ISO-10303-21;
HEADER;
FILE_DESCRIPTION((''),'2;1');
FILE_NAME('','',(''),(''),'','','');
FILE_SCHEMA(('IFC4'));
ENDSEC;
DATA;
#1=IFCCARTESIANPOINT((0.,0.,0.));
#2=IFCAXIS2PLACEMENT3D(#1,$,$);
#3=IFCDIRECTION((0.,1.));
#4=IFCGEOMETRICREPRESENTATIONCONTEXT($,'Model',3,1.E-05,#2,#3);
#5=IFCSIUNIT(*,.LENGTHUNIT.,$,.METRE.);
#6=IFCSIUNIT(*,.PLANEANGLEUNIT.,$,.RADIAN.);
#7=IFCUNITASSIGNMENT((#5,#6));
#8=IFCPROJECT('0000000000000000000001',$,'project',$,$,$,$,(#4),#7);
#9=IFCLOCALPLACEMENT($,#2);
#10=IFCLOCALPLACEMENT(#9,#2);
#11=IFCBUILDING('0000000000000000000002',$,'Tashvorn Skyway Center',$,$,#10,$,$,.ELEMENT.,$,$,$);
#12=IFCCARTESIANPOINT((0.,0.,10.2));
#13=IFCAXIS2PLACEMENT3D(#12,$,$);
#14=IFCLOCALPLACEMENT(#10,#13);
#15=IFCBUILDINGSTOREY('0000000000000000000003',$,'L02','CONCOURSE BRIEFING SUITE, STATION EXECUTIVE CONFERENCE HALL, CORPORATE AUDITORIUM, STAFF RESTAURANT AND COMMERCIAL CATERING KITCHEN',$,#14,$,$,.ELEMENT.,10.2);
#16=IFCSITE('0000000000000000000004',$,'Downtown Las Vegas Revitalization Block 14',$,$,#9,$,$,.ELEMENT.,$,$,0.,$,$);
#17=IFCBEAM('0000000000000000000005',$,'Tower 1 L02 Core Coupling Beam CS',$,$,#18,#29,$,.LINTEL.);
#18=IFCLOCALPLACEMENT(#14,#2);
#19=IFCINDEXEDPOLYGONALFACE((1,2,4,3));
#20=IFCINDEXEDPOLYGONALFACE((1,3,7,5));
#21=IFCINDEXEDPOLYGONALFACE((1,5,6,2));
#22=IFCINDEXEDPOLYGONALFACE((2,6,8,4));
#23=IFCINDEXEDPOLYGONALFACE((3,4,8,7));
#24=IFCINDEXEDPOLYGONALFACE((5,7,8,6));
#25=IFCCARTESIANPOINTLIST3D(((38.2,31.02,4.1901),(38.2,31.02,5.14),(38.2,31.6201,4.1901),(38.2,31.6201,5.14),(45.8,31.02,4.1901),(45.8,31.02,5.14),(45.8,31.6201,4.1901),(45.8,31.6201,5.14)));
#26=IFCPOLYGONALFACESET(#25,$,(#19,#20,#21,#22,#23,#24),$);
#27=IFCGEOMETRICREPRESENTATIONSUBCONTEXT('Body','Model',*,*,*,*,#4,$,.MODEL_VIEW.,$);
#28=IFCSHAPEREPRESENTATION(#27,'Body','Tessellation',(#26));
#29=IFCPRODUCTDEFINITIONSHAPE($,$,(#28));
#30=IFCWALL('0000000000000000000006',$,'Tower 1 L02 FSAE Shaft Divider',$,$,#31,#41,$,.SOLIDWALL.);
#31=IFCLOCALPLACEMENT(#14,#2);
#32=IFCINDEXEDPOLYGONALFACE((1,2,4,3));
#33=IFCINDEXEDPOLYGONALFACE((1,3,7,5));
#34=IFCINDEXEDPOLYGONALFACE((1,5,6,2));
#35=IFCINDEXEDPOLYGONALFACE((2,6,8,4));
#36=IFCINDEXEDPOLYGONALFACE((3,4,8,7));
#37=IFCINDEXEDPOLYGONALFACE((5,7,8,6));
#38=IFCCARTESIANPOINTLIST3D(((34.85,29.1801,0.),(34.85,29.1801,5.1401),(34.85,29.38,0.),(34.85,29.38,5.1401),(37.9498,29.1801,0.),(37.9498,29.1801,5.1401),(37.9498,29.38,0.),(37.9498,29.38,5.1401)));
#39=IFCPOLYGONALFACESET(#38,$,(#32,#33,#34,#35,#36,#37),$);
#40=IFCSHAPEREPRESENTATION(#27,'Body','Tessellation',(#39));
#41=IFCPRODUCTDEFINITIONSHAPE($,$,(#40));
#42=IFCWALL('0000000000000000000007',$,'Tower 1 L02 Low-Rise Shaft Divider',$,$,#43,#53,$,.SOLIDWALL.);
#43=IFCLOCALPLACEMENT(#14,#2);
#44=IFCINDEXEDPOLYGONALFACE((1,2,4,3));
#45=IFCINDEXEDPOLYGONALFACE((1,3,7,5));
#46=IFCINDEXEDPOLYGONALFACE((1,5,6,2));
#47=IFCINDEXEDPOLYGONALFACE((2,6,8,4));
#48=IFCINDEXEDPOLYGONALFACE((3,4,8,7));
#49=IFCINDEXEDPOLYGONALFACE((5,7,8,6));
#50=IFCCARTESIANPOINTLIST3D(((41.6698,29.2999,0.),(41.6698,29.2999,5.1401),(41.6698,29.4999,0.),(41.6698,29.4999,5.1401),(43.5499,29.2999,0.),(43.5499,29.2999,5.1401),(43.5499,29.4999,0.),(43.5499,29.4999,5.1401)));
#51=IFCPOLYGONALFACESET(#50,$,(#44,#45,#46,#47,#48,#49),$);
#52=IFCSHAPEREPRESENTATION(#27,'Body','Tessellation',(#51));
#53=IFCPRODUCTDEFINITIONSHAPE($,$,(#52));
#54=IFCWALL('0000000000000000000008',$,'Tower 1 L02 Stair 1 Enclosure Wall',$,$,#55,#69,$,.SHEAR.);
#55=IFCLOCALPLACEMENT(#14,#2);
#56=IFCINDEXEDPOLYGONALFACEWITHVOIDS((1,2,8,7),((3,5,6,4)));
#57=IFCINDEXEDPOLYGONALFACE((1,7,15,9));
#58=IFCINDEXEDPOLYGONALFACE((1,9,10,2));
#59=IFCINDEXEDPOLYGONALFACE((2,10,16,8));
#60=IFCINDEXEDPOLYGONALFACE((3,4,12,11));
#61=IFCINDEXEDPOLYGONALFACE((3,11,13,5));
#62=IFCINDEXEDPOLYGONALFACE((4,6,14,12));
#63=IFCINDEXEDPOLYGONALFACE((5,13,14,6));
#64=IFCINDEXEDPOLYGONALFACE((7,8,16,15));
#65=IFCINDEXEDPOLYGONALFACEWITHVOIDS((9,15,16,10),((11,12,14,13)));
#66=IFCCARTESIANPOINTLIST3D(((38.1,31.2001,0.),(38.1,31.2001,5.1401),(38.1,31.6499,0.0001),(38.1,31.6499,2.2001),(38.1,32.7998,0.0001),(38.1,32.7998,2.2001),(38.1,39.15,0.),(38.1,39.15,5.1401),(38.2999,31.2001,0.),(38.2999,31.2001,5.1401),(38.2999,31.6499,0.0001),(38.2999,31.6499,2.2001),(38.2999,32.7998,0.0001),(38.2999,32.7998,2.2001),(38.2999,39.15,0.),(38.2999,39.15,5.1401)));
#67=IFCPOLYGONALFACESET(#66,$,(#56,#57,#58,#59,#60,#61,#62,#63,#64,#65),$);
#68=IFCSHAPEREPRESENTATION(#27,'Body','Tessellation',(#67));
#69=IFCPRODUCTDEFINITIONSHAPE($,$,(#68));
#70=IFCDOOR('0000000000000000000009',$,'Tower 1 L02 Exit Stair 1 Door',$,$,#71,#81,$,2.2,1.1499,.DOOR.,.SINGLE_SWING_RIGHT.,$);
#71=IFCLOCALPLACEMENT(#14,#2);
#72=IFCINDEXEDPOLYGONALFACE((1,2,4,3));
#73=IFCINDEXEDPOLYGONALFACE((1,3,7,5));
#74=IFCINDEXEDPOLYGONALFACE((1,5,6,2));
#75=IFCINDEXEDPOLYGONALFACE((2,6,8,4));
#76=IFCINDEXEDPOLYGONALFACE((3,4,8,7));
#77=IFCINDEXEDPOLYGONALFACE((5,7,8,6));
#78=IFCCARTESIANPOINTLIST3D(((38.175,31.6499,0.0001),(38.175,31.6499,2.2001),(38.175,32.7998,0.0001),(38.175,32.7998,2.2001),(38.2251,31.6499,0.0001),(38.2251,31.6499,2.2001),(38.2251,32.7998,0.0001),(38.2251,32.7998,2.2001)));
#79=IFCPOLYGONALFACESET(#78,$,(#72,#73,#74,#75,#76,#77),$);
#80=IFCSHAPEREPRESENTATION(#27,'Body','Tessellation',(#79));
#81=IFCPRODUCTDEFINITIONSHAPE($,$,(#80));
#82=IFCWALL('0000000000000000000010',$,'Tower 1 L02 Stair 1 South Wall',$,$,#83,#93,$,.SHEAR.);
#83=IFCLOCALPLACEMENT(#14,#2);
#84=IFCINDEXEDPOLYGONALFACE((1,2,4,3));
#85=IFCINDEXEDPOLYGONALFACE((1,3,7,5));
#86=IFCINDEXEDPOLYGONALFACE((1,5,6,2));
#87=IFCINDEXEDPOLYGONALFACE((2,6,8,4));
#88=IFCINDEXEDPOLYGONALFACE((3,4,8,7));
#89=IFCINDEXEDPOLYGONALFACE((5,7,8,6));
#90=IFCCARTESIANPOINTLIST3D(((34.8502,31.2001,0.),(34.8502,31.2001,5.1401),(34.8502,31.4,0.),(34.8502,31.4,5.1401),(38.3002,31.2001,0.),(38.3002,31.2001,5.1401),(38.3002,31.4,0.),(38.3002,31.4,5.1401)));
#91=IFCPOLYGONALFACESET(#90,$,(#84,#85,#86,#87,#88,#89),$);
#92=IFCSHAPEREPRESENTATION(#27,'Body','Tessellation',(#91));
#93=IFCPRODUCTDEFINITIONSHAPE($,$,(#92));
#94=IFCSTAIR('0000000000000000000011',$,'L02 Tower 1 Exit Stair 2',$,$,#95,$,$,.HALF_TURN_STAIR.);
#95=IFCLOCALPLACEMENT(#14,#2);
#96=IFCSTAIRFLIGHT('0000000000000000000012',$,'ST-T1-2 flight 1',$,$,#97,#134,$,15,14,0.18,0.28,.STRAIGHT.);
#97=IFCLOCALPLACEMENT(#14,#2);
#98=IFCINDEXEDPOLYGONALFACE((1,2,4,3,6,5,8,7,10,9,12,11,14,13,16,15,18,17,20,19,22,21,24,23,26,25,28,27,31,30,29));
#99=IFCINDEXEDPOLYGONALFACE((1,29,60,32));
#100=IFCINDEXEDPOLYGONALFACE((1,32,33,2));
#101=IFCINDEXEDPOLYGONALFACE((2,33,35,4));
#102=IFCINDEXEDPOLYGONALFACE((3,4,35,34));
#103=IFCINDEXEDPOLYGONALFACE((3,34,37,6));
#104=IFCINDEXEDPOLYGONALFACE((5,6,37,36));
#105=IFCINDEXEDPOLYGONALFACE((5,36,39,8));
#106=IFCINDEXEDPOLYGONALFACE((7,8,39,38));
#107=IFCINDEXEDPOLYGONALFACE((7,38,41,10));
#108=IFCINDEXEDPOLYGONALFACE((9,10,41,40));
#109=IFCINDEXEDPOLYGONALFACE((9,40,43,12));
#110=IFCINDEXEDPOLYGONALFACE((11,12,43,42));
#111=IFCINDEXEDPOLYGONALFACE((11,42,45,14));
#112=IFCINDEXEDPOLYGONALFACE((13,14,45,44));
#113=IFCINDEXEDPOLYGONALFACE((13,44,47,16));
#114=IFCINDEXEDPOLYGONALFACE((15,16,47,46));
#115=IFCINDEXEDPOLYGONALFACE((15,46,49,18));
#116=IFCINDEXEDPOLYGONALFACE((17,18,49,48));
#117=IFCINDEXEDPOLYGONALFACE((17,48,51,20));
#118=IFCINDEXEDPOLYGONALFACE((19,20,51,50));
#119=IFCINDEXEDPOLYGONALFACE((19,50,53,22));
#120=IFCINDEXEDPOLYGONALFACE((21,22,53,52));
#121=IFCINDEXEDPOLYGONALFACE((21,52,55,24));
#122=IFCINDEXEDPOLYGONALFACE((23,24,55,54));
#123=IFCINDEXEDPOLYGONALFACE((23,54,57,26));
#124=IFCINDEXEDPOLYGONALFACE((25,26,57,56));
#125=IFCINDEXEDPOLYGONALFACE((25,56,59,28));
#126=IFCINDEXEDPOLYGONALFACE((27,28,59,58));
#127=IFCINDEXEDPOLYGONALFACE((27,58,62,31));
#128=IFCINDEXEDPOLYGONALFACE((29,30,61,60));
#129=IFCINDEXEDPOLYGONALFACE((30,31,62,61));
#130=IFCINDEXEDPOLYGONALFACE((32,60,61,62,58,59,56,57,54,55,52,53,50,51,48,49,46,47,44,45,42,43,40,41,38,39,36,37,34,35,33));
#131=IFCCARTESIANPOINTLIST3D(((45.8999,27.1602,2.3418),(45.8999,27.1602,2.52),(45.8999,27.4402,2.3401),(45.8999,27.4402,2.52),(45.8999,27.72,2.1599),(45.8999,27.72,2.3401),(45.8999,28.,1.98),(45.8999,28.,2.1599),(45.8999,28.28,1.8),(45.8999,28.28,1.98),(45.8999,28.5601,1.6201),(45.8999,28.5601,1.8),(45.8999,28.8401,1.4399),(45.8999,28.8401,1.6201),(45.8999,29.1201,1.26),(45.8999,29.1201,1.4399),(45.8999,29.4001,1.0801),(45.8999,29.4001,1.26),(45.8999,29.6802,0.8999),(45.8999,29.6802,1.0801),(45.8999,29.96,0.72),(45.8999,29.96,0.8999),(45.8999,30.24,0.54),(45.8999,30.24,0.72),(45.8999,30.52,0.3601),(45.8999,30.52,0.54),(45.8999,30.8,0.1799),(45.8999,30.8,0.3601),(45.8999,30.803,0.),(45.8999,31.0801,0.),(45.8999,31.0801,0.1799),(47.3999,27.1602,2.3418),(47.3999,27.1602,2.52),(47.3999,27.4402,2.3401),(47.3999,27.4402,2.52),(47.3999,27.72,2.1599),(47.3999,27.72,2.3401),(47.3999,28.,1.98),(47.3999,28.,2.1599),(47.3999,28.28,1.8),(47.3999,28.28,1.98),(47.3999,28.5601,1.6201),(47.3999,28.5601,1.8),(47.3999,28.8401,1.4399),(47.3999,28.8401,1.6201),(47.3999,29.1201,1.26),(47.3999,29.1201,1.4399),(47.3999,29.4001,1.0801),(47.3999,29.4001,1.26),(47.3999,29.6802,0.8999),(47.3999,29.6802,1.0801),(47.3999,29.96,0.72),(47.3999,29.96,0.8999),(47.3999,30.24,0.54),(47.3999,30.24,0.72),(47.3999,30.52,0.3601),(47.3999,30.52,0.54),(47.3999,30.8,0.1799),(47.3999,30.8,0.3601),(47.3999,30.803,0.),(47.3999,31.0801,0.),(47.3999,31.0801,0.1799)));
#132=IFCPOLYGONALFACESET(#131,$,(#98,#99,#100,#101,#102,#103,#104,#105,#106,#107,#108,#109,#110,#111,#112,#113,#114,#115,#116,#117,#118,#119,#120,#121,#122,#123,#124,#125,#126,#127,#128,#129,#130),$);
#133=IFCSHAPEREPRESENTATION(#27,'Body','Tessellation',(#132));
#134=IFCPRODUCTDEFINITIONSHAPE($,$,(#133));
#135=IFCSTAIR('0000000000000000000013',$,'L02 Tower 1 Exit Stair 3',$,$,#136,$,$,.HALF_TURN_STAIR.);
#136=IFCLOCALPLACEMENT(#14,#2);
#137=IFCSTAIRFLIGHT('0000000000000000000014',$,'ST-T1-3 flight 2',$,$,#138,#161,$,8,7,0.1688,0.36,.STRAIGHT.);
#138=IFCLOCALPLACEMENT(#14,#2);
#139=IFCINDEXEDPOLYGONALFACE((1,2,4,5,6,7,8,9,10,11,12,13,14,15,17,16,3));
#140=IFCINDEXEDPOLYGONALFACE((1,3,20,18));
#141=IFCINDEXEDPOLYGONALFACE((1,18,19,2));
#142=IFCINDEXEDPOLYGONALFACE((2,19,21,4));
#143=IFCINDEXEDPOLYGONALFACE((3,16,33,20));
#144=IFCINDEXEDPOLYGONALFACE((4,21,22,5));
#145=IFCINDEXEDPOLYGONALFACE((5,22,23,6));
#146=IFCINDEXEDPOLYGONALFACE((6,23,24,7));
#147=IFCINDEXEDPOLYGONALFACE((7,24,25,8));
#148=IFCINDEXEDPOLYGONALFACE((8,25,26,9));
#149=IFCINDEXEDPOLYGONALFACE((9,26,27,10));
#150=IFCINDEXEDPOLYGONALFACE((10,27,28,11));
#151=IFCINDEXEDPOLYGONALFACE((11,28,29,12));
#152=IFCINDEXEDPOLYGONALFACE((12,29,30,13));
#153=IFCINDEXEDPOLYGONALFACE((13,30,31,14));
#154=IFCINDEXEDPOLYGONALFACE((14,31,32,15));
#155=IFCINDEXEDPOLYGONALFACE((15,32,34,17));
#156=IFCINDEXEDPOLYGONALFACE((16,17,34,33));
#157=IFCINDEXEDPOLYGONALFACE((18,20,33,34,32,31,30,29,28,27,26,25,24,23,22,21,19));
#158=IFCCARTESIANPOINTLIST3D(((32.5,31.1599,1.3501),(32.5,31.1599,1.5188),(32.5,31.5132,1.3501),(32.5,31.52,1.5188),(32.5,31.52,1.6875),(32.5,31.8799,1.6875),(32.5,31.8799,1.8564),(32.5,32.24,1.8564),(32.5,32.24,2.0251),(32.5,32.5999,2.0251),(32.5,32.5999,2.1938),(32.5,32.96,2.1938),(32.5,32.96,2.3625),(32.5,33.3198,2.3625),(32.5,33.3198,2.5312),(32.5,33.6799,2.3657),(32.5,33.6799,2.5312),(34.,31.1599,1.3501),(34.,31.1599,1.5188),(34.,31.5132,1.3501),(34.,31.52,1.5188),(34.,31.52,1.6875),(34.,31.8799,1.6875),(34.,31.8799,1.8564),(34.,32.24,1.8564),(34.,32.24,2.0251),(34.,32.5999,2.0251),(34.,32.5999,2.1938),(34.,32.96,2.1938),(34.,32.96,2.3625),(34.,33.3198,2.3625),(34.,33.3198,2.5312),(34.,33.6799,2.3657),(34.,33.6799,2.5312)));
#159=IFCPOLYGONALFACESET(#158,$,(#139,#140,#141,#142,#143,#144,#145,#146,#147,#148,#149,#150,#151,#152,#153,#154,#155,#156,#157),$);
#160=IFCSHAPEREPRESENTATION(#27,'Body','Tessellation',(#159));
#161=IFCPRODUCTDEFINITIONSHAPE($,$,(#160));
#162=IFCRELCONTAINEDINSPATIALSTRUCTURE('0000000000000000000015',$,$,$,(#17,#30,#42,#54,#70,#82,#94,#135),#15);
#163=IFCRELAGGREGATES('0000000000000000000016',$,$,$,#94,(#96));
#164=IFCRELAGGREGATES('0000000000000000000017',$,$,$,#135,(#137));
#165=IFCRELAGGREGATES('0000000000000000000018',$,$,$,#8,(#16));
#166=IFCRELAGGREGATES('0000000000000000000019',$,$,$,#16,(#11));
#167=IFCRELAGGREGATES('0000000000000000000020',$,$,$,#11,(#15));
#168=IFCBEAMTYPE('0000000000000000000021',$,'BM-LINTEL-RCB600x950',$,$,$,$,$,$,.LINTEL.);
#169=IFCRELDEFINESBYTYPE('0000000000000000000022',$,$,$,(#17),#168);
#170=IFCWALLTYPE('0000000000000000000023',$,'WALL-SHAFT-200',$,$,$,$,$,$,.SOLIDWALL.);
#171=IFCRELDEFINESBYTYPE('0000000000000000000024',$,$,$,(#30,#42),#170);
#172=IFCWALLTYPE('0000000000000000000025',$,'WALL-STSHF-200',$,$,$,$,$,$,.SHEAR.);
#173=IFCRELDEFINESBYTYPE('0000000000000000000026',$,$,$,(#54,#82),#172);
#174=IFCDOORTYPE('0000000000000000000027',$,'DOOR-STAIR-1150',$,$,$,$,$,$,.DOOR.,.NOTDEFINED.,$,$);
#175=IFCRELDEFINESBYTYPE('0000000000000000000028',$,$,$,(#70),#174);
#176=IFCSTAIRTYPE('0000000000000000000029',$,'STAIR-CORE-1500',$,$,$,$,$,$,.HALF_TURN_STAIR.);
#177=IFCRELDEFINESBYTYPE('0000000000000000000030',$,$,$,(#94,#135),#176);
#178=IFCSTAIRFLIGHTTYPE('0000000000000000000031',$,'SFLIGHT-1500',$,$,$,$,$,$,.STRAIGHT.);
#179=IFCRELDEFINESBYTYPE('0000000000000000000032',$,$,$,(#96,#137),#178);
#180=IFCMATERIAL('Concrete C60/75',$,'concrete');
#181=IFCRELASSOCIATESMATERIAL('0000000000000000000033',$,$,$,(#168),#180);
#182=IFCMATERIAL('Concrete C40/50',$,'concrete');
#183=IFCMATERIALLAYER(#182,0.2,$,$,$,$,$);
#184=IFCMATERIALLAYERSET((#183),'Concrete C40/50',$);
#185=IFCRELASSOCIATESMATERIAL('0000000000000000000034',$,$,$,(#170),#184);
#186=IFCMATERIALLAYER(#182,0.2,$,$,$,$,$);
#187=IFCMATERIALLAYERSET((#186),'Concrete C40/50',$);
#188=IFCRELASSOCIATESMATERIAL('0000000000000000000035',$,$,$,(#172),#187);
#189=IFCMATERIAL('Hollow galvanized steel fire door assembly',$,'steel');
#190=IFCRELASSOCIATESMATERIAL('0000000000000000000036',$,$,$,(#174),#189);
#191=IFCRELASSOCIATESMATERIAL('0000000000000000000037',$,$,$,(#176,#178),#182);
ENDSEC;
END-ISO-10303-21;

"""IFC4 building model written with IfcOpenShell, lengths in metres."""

from ifc_helpers import new_model, si_unit, direction, frame, frame_2d, origin, origin_2d, place, context, subcontext, project, spatial, polyline, rectangle, outline, extrude, material, layer, layer_set, material_profile, profile_set, type_object, element, fill, aggregate, save


model = new_model("IFC4")

# Units and contexts
model_context = context("Model", 3, precision=1e-05, world=origin(), true_north=direction((0.0, 1.0)))
body_context = subcontext(model_context, "Body", "Model", "MODEL_VIEW")
ifc_project = project(units=[si_unit("LENGTHUNIT", "METRE"), si_unit("PLANEANGLEUNIT", "RADIAN")], contexts=[model_context])

# Site, building, storey
site_placement = place(None, origin())
site = spatial("IfcSite", under=ifc_project, at=site_placement, Name="Downtown Las Vegas Revitalization Block 14", CompositionType="ELEMENT", RefElevation=0.0)
building_placement = place(site_placement, origin())
building = spatial("IfcBuilding", under=site, at=building_placement, Name="Tashvorn Skyway Center", CompositionType="ELEMENT")
storey_placement = place(building_placement, frame((0.0, 0.0, 10.2)))
storey = spatial("IfcBuildingStorey", under=building, at=storey_placement, Name="L02", Description="CONCOURSE BRIEFING SUITE, STATION EXECUTIVE CONFERENCE HALL, CORPORATE AUDITORIUM, STAFF RESTAURANT AND COMMERCIAL CATERING KITCHEN", CompositionType="ELEMENT", Elevation=10.2)

# Beam
ifc_material_1 = material(Name="Concrete C60/75", Category="concrete")
ifc_material_profile = material_profile(ifc_material_1, rectangle(XDim=0.6001, YDim=0.95, at=origin_2d()), Name="RCB600x950")
ifc_profile_set = profile_set([ifc_material_profile], Name="Concrete C60/75")
beam_type = type_object("IfcBeamType", Name="BM-LINTEL-RCB600x950", PredefinedType="LINTEL", material=ifc_profile_set)
beam_placement = place(storey_placement, frame((38.2, 31.3201, 4.665), z_axis=(1.0, 0.0, 0.0), x_axis=(0.0, 1.0, 0.0)))
element("IfcBeam", 1, at=beam_placement, inside=storey, type_object=beam_type, Name="Tower 1 L02 Core Coupling Beam CS", PredefinedType="LINTEL", context=body_context, shape_type="SweptSolid", body=[
    extrude(rectangle(XDim=0.6001, YDim=0.95, at=origin_2d()), origin(), (0.0, 0.0, 1.0), 7.6001),
])

# Walls
ifc_material_2 = material(Name="Concrete C40/50", Category="concrete")
ifc_layer_1 = layer(ifc_material_2, 0.2)
ifc_layer_set_1 = layer_set([ifc_layer_1], Name="Concrete C40/50")
wall_type_1 = type_object("IfcWallType", Name="WALL-SHAFT-200", PredefinedType="SOLIDWALL", material=ifc_layer_set_1)
wall_1_placement = place(storey_placement, frame((34.8501, 29.28, 0.0), z_axis=(0.0, 0.0, 1.0), x_axis=(1.0, 0.0, 0.0)))
element("IfcWall", 2, at=wall_1_placement, inside=storey, type_object=wall_type_1, Name="Tower 1 L02 FSAE Shaft Divider", PredefinedType="SOLIDWALL", context=body_context, shape_type="SweptSolid", body=[
    extrude(rectangle(XDim=3.0999, YDim=0.2, at=frame_2d((1.5498, 0.0))), origin(), (0.0, 0.0, 1.0), 5.1401),
])
wall_2_placement = place(storey_placement, frame((41.6699, 29.3999, 0.0), z_axis=(0.0, 0.0, 1.0), x_axis=(1.0, 0.0, 0.0)))
element("IfcWall", 3, at=wall_2_placement, inside=storey, type_object=wall_type_1, Name="Tower 1 L02 Low-Rise Shaft Divider", PredefinedType="SOLIDWALL", context=body_context, shape_type="SweptSolid", body=[
    extrude(rectangle(XDim=1.8801, YDim=0.2, at=frame_2d((0.9399, 0.0))), origin(), (0.0, 0.0, 1.0), 5.1401),
])

# Wall, opening, door
ifc_layer_2 = layer(ifc_material_2, 0.2)
ifc_layer_set_2 = layer_set([ifc_layer_2], Name="Concrete C40/50")
wall_type_2 = type_object("IfcWallType", Name="WALL-STSHF-200", PredefinedType="SHEAR", material=ifc_layer_set_2)
wall_3_placement = place(storey_placement, frame((38.2, 31.2, 0.0), z_axis=(0.0, 0.0, 1.0), x_axis=(0.0, 1.0, 0.0)))
wall_3 = element("IfcWall", 4, at=wall_3_placement, inside=storey, type_object=wall_type_2, Name="Tower 1 L02 Stair 1 Enclosure Wall", PredefinedType="SHEAR", context=body_context, shape_type="SweptSolid", body=[
    extrude(rectangle(XDim=7.95, YDim=0.2, at=frame_2d((3.9751, 0.0))), origin(), (0.0, 0.0, 1.0), 5.1401),
])
opening_placement = place(wall_3_placement, frame((0.45, 0.0, 0.0)))
opening = element("IfcOpeningElement", 5, at=opening_placement, cuts=wall_3, PredefinedType="OPENING", context=body_context, shape_type="SweptSolid", body=[
    extrude(rectangle(XDim=1.1499, YDim=2.2, at=frame_2d((0.575, 1.1001))), frame((0.0, 0.1099, 0.0), z_axis=(0.0, -1.0, 0.0), x_axis=(1.0, 0.0, 0.0)), (0.0, 0.0, 1.0), 0.22),
])
ifc_material_3 = material(Name="Hollow galvanized steel fire door assembly", Category="steel")
door_type = type_object("IfcDoorType", Name="DOOR-STAIR-1150", OperationType="NOTDEFINED", PredefinedType="DOOR", material=ifc_material_3)
door_placement = place(opening_placement, origin())
door = element("IfcDoor", 6, at=door_placement, inside=storey, type_object=door_type, Name="Tower 1 L02 Exit Stair 1 Door", OperationType="SINGLE_SWING_RIGHT", OverallHeight=2.2, OverallWidth=1.1499, PredefinedType="DOOR", context=body_context, shape_type="SweptSolid", body=[
    extrude(rectangle(XDim=1.1499, YDim=2.2, at=frame_2d((0.575, 1.1001))), frame((0.0, 0.0249, 0.0), z_axis=(0.0, -1.0, 0.0), x_axis=(1.0, 0.0, 0.0)), (0.0, 0.0, 1.0), 0.05),
])
fill(opening, door)

# Wall
wall_4_placement = place(storey_placement, frame((34.8501, 31.3, 0.0), z_axis=(0.0, 0.0, 1.0), x_axis=(1.0, 0.0, 0.0)))
element("IfcWall", 7, at=wall_4_placement, inside=storey, type_object=wall_type_2, Name="Tower 1 L02 Stair 1 South Wall", PredefinedType="SHEAR", context=body_context, shape_type="SweptSolid", body=[
    extrude(rectangle(XDim=3.45, YDim=0.2, at=frame_2d((1.7251, 0.0))), origin(), (0.0, 0.0, 1.0), 5.1401),
])

# Stair, stair flight
stair_type = type_object("IfcStairType", Name="STAIR-CORE-1500", PredefinedType="HALF_TURN_STAIR", material=ifc_material_2)
stair_1_placement = place(storey_placement, origin())
stair_1 = element("IfcStair", 8, at=stair_1_placement, inside=storey, type_object=stair_type, Name="L02 Tower 1 Exit Stair 2", PredefinedType="HALF_TURN_STAIR")
stair_flight_type = type_object("IfcStairFlightType", Name="SFLIGHT-1500", PredefinedType="STRAIGHT", material=ifc_material_2)
stair_flight_1_placement = place(storey_placement, frame((46.6499, 31.0801, 0.0), z_axis=(0.0, 0.0, 1.0), x_axis=(0.0, -1.0, 0.0)))
stair_flight_1 = element("IfcStairFlight", 9, at=stair_flight_1_placement, type_object=stair_flight_type, Name="ST-T1-2 flight 1", NumberOfRisers=15, NumberOfTreads=14, PredefinedType="STRAIGHT", RiserHeight=0.18, TreadLength=0.28, context=body_context, shape_type="SweptSolid", body=[
    extrude(outline(polyline([(0.0, 0.0), (0.0, 0.1799), (0.28, 0.1799), (0.28, 0.3601), (0.5601, 0.3601), (0.5601, 0.54), (0.8401, 0.54), (0.8401, 0.72), (1.1201, 0.72), (1.1201, 0.8999), (1.3999, 0.8999), (1.3999, 1.0801), (1.6799, 1.0801), (1.6799, 1.26), (1.96, 1.26), (1.96, 1.4399), (2.24, 1.4399), (2.24, 1.6201), (2.52, 1.6201), (2.52, 1.8), (2.8, 1.8), (2.8, 1.98), (3.0801, 1.98), (3.0801, 2.1599), (3.3601, 2.1599), (3.3601, 2.3401), (3.6399, 2.3401), (3.6399, 2.52), (3.9199, 2.52), (3.9199, 2.7), (3.9199, 2.3418), (0.2771, 0.0), (0.0, 0.0)])), frame((0.0, 0.75, 0.0), z_axis=(0.0, -1.0, 0.0), x_axis=(1.0, 0.0, 0.0)), (0.0, 0.0, 1.0), 1.5),
])
aggregate(stair_1, [stair_flight_1])

# Stair, stair flight
stair_2_placement = place(storey_placement, origin())
stair_2 = element("IfcStair", 10, at=stair_2_placement, inside=storey, type_object=stair_type, Name="L02 Tower 1 Exit Stair 3", PredefinedType="HALF_TURN_STAIR")
stair_flight_2_placement = place(storey_placement, frame((33.25, 31.1599, 1.3501), z_axis=(0.0, 0.0, 1.0), x_axis=(0.0, 1.0, 0.0)))
stair_flight_2 = element("IfcStairFlight", 11, at=stair_flight_2_placement, type_object=stair_flight_type, Name="ST-T1-3 flight 2", NumberOfRisers=8, NumberOfTreads=7, PredefinedType="STRAIGHT", RiserHeight=0.1688, TreadLength=0.36, context=body_context, shape_type="SweptSolid", body=[
    extrude(outline(polyline([(0.0, 0.0), (0.0, 0.1687), (0.3601, 0.1687), (0.3601, 0.3374), (0.72, 0.3374), (0.72, 0.5063), (1.0801, 0.5063), (1.0801, 0.675), (1.4399, 0.675), (1.4399, 0.8438), (1.8, 0.8438), (1.8, 1.0125), (2.1599, 1.0125), (2.1599, 1.1812), (2.52, 1.1812), (2.52, 1.3501), (2.52, 1.0156), (0.3533, 0.0), (0.0, 0.0)])), frame((0.0, 0.75, 0.0), z_axis=(0.0, -1.0, 0.0), x_axis=(1.0, 0.0, 0.0)), (0.0, 0.0, 1.0), 1.5),
])
aggregate(stair_2, [stair_flight_2])

save(model, "model.ifc")
